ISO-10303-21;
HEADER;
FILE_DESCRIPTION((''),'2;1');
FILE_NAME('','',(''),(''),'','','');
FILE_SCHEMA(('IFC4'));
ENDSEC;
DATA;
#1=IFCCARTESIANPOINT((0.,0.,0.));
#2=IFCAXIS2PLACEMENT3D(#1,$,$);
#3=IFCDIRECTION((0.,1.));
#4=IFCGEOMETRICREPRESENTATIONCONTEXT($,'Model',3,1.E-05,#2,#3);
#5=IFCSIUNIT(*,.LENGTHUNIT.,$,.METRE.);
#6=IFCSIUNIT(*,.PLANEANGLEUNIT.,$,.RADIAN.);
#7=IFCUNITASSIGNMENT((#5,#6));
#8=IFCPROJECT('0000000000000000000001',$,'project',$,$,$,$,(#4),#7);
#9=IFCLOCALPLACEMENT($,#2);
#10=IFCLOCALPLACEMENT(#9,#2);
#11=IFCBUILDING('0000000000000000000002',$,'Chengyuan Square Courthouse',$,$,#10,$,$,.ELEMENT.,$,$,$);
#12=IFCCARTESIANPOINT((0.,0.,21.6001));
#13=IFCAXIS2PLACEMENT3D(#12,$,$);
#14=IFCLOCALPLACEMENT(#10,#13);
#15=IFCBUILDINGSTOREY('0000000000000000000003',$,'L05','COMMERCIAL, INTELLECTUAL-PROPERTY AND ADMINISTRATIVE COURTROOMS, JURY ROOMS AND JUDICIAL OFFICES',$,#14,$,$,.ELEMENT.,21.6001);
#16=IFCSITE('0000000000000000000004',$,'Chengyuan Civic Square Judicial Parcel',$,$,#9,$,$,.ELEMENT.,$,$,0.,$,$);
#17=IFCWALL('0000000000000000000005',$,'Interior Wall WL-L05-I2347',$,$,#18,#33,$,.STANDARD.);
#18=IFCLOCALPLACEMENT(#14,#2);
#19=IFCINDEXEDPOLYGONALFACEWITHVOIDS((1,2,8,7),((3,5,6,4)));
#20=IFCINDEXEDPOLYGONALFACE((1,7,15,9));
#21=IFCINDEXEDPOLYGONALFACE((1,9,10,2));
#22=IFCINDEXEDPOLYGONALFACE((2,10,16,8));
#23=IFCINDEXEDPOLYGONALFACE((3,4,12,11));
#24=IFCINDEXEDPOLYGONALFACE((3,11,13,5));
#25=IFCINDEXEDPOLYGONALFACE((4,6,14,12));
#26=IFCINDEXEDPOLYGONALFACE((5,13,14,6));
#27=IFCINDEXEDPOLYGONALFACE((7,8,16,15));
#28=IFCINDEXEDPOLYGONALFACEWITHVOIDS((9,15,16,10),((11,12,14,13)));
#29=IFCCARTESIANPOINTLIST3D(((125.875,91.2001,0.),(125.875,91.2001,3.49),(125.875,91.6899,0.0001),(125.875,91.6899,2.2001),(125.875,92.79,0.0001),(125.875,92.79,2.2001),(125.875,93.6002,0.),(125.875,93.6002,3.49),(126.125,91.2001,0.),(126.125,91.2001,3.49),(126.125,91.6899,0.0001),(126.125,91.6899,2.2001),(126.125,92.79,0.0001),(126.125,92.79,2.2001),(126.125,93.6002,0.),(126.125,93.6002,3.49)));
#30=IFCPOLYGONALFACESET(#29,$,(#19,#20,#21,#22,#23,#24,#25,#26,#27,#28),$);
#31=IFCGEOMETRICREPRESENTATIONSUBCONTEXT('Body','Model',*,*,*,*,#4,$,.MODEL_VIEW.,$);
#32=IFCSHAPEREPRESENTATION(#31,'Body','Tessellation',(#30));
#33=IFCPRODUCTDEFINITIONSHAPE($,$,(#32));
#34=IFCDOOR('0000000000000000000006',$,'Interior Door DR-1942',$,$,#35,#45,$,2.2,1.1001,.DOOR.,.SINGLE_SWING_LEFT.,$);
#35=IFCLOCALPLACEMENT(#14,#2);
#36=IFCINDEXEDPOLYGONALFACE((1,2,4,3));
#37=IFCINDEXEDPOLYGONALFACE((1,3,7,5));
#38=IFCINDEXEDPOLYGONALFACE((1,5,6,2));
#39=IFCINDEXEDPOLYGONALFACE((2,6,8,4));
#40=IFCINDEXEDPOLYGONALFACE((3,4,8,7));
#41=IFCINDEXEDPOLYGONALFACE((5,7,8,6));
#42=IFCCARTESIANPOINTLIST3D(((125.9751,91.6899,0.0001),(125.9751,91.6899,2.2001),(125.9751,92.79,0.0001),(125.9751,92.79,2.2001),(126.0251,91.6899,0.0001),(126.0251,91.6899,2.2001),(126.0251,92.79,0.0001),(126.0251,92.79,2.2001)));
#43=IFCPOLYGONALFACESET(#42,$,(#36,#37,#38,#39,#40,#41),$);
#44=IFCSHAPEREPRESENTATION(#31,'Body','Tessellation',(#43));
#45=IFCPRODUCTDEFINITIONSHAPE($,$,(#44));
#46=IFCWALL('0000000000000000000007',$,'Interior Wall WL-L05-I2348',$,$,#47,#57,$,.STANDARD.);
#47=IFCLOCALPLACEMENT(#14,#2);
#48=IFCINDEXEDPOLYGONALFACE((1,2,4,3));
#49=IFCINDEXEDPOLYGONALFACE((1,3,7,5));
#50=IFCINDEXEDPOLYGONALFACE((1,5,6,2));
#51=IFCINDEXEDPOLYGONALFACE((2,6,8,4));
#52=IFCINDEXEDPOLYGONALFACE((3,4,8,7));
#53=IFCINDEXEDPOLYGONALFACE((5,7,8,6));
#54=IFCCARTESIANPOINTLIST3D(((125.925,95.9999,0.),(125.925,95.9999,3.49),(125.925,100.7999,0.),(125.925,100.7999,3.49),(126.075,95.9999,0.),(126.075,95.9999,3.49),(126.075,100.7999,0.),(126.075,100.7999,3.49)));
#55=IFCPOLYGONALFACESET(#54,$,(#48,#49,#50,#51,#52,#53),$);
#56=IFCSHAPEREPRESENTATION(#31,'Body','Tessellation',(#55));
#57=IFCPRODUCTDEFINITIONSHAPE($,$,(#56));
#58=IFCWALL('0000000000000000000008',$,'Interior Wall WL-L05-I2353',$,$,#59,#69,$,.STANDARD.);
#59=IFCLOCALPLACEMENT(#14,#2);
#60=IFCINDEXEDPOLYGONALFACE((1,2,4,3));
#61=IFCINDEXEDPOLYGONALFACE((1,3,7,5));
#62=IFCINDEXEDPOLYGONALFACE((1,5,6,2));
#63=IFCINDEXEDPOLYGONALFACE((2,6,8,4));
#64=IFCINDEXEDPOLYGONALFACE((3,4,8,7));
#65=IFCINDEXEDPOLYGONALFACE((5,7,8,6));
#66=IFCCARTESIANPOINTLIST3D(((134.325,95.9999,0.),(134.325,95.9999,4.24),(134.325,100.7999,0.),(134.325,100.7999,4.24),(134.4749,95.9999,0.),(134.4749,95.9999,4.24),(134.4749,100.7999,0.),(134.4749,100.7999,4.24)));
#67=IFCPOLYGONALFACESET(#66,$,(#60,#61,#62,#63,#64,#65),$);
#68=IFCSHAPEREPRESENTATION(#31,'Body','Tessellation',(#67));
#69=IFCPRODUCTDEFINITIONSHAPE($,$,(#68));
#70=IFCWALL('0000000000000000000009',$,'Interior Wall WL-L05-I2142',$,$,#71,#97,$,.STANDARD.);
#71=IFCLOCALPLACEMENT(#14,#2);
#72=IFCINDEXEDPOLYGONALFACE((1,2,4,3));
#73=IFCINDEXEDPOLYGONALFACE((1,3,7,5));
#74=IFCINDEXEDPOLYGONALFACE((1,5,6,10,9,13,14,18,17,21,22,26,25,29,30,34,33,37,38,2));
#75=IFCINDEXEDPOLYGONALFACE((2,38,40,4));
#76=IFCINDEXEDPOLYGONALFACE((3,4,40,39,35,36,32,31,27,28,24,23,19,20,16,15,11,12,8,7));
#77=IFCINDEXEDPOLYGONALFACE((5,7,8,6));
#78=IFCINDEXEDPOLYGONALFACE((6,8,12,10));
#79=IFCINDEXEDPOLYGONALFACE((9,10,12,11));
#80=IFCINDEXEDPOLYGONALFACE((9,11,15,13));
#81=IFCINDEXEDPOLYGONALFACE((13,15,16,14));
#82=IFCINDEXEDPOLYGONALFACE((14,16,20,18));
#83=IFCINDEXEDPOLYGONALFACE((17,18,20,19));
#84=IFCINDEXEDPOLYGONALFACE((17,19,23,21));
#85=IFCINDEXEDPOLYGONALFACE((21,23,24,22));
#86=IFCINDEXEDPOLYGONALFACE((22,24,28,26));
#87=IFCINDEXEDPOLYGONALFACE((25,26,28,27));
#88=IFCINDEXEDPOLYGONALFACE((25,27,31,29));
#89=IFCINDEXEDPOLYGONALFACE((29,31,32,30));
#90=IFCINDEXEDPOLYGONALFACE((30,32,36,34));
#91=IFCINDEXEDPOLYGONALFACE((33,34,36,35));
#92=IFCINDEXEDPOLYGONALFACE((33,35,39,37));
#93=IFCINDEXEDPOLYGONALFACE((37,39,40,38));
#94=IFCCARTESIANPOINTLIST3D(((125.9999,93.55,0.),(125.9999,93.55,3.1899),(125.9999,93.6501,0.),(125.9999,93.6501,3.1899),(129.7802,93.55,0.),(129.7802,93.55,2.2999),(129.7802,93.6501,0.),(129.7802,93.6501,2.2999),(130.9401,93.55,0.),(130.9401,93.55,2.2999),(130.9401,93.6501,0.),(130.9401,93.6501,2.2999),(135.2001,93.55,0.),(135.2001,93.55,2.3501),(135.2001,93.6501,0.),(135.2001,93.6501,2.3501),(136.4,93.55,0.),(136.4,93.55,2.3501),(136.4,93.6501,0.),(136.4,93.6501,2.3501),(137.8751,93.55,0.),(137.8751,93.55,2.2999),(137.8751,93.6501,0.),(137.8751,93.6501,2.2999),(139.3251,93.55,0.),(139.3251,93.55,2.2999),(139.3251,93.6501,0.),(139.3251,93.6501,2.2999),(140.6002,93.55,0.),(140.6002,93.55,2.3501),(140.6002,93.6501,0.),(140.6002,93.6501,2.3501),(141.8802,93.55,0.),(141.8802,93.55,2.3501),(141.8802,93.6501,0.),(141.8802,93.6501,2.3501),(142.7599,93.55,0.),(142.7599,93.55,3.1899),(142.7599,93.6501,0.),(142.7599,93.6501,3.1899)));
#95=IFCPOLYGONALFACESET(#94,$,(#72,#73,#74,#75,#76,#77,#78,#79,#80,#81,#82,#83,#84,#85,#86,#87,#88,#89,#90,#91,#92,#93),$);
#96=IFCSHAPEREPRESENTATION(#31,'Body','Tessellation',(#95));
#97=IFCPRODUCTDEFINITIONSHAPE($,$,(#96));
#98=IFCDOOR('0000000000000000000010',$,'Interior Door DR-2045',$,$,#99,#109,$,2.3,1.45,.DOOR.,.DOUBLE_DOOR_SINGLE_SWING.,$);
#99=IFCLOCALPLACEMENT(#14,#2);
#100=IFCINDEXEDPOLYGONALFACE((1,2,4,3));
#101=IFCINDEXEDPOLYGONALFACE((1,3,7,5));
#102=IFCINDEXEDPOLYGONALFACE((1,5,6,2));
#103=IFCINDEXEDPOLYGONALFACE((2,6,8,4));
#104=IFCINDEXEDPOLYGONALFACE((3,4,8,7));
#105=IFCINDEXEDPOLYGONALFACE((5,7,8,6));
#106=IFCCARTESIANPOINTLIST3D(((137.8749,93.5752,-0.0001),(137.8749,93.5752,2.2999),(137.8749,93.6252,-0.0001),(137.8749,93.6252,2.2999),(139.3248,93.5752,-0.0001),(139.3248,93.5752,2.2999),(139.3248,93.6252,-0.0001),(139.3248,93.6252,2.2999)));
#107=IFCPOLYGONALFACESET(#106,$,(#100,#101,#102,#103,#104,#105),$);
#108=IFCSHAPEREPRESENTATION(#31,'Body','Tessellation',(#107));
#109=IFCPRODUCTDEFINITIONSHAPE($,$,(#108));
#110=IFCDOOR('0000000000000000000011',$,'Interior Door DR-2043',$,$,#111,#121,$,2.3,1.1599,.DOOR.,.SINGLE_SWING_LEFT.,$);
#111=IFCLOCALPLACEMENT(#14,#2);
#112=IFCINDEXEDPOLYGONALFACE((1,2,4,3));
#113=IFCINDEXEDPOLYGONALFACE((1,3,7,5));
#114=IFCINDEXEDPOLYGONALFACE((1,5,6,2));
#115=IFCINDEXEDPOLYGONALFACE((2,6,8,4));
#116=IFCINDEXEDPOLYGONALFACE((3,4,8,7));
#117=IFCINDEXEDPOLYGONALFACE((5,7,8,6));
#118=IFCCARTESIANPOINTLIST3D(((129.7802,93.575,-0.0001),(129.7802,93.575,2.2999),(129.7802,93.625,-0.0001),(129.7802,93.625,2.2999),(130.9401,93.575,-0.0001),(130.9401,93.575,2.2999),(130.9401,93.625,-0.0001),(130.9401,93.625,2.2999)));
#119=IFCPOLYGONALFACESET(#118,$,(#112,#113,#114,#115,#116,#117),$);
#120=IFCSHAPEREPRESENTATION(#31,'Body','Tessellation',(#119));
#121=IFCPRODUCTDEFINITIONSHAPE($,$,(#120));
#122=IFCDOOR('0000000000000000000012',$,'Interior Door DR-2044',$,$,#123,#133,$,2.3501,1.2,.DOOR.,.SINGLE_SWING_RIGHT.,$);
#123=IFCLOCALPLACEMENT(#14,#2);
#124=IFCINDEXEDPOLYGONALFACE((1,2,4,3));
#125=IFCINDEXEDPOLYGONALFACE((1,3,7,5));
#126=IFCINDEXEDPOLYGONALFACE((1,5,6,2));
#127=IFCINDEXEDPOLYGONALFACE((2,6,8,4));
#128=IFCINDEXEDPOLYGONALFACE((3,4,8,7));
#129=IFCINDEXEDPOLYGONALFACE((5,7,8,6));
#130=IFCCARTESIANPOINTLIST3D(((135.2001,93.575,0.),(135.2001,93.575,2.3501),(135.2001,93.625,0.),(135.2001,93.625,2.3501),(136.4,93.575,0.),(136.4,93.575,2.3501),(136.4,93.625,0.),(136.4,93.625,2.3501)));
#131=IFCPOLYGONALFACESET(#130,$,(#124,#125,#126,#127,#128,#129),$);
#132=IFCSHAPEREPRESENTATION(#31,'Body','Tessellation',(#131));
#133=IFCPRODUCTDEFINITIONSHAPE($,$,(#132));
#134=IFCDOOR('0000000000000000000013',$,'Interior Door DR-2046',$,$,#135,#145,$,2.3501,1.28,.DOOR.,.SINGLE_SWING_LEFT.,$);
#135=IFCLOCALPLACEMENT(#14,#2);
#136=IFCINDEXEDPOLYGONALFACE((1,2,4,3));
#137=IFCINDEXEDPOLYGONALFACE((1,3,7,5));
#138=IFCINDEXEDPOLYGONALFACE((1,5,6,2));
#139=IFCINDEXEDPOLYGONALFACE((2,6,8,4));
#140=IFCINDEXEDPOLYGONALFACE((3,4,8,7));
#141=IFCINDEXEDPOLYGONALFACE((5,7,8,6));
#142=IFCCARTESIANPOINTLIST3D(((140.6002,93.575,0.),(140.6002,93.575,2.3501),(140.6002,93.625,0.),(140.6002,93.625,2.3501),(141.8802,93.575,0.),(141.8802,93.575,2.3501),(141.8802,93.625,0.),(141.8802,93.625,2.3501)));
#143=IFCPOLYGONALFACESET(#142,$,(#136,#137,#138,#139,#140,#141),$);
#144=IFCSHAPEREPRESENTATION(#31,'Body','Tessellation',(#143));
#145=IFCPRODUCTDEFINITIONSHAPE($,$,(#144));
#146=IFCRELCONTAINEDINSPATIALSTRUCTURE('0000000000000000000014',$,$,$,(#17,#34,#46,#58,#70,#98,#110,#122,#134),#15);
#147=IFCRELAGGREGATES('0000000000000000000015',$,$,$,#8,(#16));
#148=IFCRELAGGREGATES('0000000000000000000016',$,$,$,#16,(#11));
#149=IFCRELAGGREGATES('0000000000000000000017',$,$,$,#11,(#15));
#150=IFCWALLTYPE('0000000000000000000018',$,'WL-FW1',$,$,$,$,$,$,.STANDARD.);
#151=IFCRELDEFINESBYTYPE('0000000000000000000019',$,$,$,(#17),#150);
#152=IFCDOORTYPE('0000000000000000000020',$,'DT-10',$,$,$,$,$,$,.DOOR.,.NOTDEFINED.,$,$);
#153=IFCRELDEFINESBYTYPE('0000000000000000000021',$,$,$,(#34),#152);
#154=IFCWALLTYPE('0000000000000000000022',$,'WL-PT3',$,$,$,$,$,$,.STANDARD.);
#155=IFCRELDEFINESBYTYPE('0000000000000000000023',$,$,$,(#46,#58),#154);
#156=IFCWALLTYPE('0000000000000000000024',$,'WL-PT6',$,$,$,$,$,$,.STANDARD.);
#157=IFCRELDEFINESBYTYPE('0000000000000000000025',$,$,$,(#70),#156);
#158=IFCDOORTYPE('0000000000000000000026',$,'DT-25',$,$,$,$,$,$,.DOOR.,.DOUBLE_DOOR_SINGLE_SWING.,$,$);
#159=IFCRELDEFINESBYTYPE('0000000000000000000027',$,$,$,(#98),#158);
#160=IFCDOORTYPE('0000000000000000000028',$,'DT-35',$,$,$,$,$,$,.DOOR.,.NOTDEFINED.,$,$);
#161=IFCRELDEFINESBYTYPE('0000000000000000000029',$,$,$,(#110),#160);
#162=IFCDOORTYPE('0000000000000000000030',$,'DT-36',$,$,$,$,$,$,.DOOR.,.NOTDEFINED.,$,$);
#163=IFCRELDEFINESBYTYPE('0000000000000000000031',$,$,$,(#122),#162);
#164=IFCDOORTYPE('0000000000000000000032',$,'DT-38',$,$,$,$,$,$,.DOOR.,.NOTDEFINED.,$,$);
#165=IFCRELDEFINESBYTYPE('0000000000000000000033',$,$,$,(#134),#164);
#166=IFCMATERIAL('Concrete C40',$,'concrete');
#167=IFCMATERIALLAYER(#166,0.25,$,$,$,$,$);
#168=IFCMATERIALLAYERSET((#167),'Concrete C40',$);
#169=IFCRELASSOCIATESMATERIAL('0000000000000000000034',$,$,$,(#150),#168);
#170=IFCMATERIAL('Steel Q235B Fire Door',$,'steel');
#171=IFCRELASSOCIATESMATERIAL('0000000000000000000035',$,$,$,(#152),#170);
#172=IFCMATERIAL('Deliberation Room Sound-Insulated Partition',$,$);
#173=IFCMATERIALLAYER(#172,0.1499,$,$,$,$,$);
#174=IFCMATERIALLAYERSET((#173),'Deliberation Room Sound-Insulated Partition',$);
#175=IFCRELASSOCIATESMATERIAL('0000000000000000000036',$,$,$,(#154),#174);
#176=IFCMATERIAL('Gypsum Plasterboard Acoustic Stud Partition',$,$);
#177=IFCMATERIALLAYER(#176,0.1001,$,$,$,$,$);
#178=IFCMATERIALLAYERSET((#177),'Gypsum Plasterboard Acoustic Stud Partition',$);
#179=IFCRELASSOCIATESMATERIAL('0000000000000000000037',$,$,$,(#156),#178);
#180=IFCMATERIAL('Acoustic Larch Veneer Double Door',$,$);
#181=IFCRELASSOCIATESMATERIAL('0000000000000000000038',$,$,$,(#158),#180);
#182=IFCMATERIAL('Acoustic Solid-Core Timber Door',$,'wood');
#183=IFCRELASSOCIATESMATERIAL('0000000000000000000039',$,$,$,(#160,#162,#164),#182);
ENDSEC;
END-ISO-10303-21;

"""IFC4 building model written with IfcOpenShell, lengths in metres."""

from ifc_helpers import new_model, si_unit, direction, frame, frame_2d, origin, place, context, subcontext, project, spatial, rectangle, extrude, material, layer, layer_set, type_object, element, fill, save


model = new_model("IFC4")

# Units and contexts
model_context = context("Model", 3, precision=1e-05, world=origin(), true_north=direction((0.0, 1.0)))
body_context = subcontext(model_context, "Body", "Model", "MODEL_VIEW")
ifc_project = project(units=[si_unit("LENGTHUNIT", "METRE"), si_unit("PLANEANGLEUNIT", "RADIAN")], contexts=[model_context])

# Site, building, storey
site_placement = place(None, origin())
site = spatial("IfcSite", under=ifc_project, at=site_placement, Name="Chengyuan Civic Square Judicial Parcel", CompositionType="ELEMENT", RefElevation=0.0)
building_placement = place(site_placement, origin())
building = spatial("IfcBuilding", under=site, at=building_placement, Name="Chengyuan Square Courthouse", CompositionType="ELEMENT")
storey_placement = place(building_placement, frame((0.0, 0.0, 21.6001)))
storey = spatial("IfcBuildingStorey", under=building, at=storey_placement, Name="L05", Description="COMMERCIAL, INTELLECTUAL-PROPERTY AND ADMINISTRATIVE COURTROOMS, JURY ROOMS AND JUDICIAL OFFICES", CompositionType="ELEMENT", Elevation=21.6001)

# Shared definitions
ifc_material_1 = material(Name="Concrete C40", Category="concrete")

# Wall, opening, door
ifc_layer_1 = layer(ifc_material_1, 0.25)
ifc_layer_set_1 = layer_set([ifc_layer_1], Name="Concrete C40")
wall_type_1 = type_object("IfcWallType", Name="WL-FW1", PredefinedType="STANDARD", material=ifc_layer_set_1)
wall_1_placement = place(storey_placement, frame((126.0, 91.2, 0.0), z_axis=(0.0, 0.0, 1.0), x_axis=(0.0, 1.0, 0.0)))
wall_1 = element("IfcWall", 1, at=wall_1_placement, inside=storey, type_object=wall_type_1, Name="Interior Wall WL-L05-I2347", PredefinedType="STANDARD", context=body_context, shape_type="SweptSolid", body=[
    extrude(rectangle(XDim=2.4001, YDim=0.25, at=frame_2d((1.2002, 0.0))), origin(), (0.0, 0.0, 1.0), 3.49),
])
opening_1_placement = place(wall_1_placement, frame((0.49, 0.0, 0.0)))
opening_1 = element("IfcOpeningElement", 2, at=opening_1_placement, cuts=wall_1, PredefinedType="OPENING", context=body_context, shape_type="SweptSolid", body=[
    extrude(rectangle(XDim=1.1001, YDim=2.2, at=frame_2d((0.55, 1.1001))), frame((0.0, 0.137, 0.0), z_axis=(0.0, -1.0, 0.0), x_axis=(1.0, 0.0, 0.0)), (0.0, 0.0, 1.0), 0.2739),
])
ifc_material_2 = material(Name="Steel Q235B Fire Door", Category="steel")
door_type_1 = type_object("IfcDoorType", Name="DT-10", OperationType="NOTDEFINED", PredefinedType="DOOR", material=ifc_material_2)
door_1_placement = place(opening_1_placement, origin())
door_1 = element("IfcDoor", 3, at=door_1_placement, inside=storey, type_object=door_type_1, Name="Interior Door DR-1942", OperationType="SINGLE_SWING_LEFT", OverallHeight=2.2, OverallWidth=1.1001, PredefinedType="DOOR", context=body_context, shape_type="SweptSolid", body=[
    extrude(rectangle(XDim=1.1001, YDim=2.2, at=frame_2d((0.55, 1.1001))), frame((0.0, 0.0249, 0.0), z_axis=(0.0, -1.0, 0.0), x_axis=(1.0, 0.0, 0.0)), (0.0, 0.0, 1.0), 0.05),
])
fill(opening_1, door_1)

# Walls
ifc_material_3 = material(Name="Deliberation Room Sound-Insulated Partition")
ifc_layer_2 = layer(ifc_material_3, 0.1499)
ifc_layer_set_2 = layer_set([ifc_layer_2], Name="Deliberation Room Sound-Insulated Partition")
wall_type_2 = type_object("IfcWallType", Name="WL-PT3", PredefinedType="STANDARD", material=ifc_layer_set_2)
wall_2_placement = place(storey_placement, frame((126.0, 96.0, 0.0), z_axis=(0.0, 0.0, 1.0), x_axis=(0.0, 1.0, 0.0)))
element("IfcWall", 4, at=wall_2_placement, inside=storey, type_object=wall_type_2, Name="Interior Wall WL-L05-I2348", PredefinedType="STANDARD", context=body_context, shape_type="SweptSolid", body=[
    extrude(rectangle(XDim=4.8, YDim=0.1499, at=frame_2d((2.3999, 0.0))), origin(), (0.0, 0.0, 1.0), 3.49),
])
wall_3_placement = place(storey_placement, frame((134.3999, 96.0, 0.0), z_axis=(0.0, 0.0, 1.0), x_axis=(0.0, 1.0, 0.0)))
element("IfcWall", 5, at=wall_3_placement, inside=storey, type_object=wall_type_2, Name="Interior Wall WL-L05-I2353", PredefinedType="STANDARD", context=body_context, shape_type="SweptSolid", body=[
    extrude(rectangle(XDim=4.8, YDim=0.1499, at=frame_2d((2.3999, 0.0))), origin(), (0.0, 0.0, 1.0), 4.24),
])

# Wall, openings, doors
ifc_material_4 = material(Name="Gypsum Plasterboard Acoustic Stud Partition")
ifc_layer_3 = layer(ifc_material_4, 0.1001)
ifc_layer_set_3 = layer_set([ifc_layer_3], Name="Gypsum Plasterboard Acoustic Stud Partition")
wall_type_3 = type_object("IfcWallType", Name="WL-PT6", PredefinedType="STANDARD", material=ifc_layer_set_3)
wall_4_placement = place(storey_placement, frame((126.0, 93.6001, 0.0), z_axis=(0.0, 0.0, 1.0), x_axis=(1.0, 0.0, 0.0)))
wall_4 = element("IfcWall", 6, at=wall_4_placement, inside=storey, type_object=wall_type_3, Name="Interior Wall WL-L05-I2142", PredefinedType="STANDARD", context=body_context, shape_type="SweptSolid", body=[
    extrude(rectangle(XDim=16.76, YDim=0.1001, at=frame_2d((8.3799, 0.0))), origin(), (0.0, 0.0, 1.0), 3.1899),
])
opening_2_placement = place(wall_4_placement, frame((3.78, 0.0, 0.0)))
opening_2 = element("IfcOpeningElement", 7, at=opening_2_placement, cuts=wall_4, PredefinedType="OPENING", context=body_context, shape_type="SweptSolid", body=[
    extrude(rectangle(XDim=1.1599, YDim=2.3, at=frame_2d((0.5801, 1.1499))), frame((0.0, 0.062, 0.0), z_axis=(0.0, -1.0, 0.0), x_axis=(1.0, 0.0, 0.0)), (0.0, 0.0, 1.0), 0.124),
])
opening_3_placement = place(wall_4_placement, frame((9.2, 0.0, 0.0)))
opening_3 = element("IfcOpeningElement", 8, at=opening_3_placement, cuts=wall_4, PredefinedType="OPENING", context=body_context, shape_type="SweptSolid", body=[
    extrude(rectangle(XDim=1.2, YDim=2.3501, at=frame_2d((0.6001, 1.175))), frame((0.0, 0.062, 0.0), z_axis=(0.0, -1.0, 0.0), x_axis=(1.0, 0.0, 0.0)), (0.0, 0.0, 1.0), 0.124),
])
opening_4_placement = place(wall_4_placement, frame((11.875, 0.0, 0.0)))
opening_4 = element("IfcOpeningElement", 9, at=opening_4_placement, cuts=wall_4, PredefinedType="OPENING", context=body_context, shape_type="SweptSolid", body=[
    extrude(rectangle(XDim=1.45, YDim=2.3, at=frame_2d((0.7251, 1.1499))), frame((0.0, 0.062, 0.0), z_axis=(0.0, -1.0, 0.0), x_axis=(1.0, 0.0, 0.0)), (0.0, 0.0, 1.0), 0.124),
])
opening_5_placement = place(wall_4_placement, frame((14.6001, 0.0, 0.0)))
opening_5 = element("IfcOpeningElement", 10, at=opening_5_placement, cuts=wall_4, PredefinedType="OPENING", context=body_context, shape_type="SweptSolid", body=[
    extrude(rectangle(XDim=1.28, YDim=2.3501, at=frame_2d((0.6401, 1.175))), frame((0.0, 0.062, 0.0), z_axis=(0.0, -1.0, 0.0), x_axis=(1.0, 0.0, 0.0)), (0.0, 0.0, 1.0), 0.124),
])
ifc_material_5 = material(Name="Acoustic Larch Veneer Double Door")
door_type_2 = type_object("IfcDoorType", Name="DT-25", OperationType="DOUBLE_DOOR_SINGLE_SWING", PredefinedType="DOOR", material=ifc_material_5)
door_2_placement = place(opening_4_placement, frame((1.45, 0.0, 0.0), z_axis=(0.0, 0.0, 1.0), x_axis=(-1.0, 0.0, 0.0)))
door_2 = element("IfcDoor", 11, at=door_2_placement, inside=storey, type_object=door_type_2, Name="Interior Door DR-2045", OperationType="DOUBLE_DOOR_SINGLE_SWING", OverallHeight=2.3, OverallWidth=1.45, PredefinedType="DOOR", context=body_context, shape_type="SweptSolid", body=[
    extrude(rectangle(XDim=1.45, YDim=2.3, at=frame_2d((0.7251, 1.1499))), frame((0.0, 0.0249, 0.0), z_axis=(0.0, -1.0, 0.0), x_axis=(1.0, 0.0, 0.0)), (0.0, 0.0, 1.0), 0.05),
])
fill(opening_4, door_2)
ifc_material_6 = material(Name="Acoustic Solid-Core Timber Door", Category="wood")
door_type_3 = type_object("IfcDoorType", Name="DT-35", OperationType="NOTDEFINED", PredefinedType="DOOR", material=ifc_material_6)
door_3_placement = place(opening_2_placement, origin())
door_3 = element("IfcDoor", 12, at=door_3_placement, inside=storey, type_object=door_type_3, Name="Interior Door DR-2043", OperationType="SINGLE_SWING_LEFT", OverallHeight=2.3, OverallWidth=1.1599, PredefinedType="DOOR", context=body_context, shape_type="SweptSolid", body=[
    extrude(rectangle(XDim=1.1599, YDim=2.3, at=frame_2d((0.5801, 1.1499))), frame((0.0, 0.0249, 0.0), z_axis=(0.0, -1.0, 0.0), x_axis=(1.0, 0.0, 0.0)), (0.0, 0.0, 1.0), 0.05),
])
fill(opening_2, door_3)
door_type_4 = type_object("IfcDoorType", Name="DT-36", OperationType="NOTDEFINED", PredefinedType="DOOR", material=ifc_material_6)
door_4_placement = place(opening_3_placement, origin())
door_4 = element("IfcDoor", 13, at=door_4_placement, inside=storey, type_object=door_type_4, Name="Interior Door DR-2044", OperationType="SINGLE_SWING_RIGHT", OverallHeight=2.3501, OverallWidth=1.2, PredefinedType="DOOR", context=body_context, shape_type="SweptSolid", body=[
    extrude(rectangle(XDim=1.2, YDim=2.3501, at=frame_2d((0.6001, 1.175))), frame((0.0, 0.0249, 0.0), z_axis=(0.0, -1.0, 0.0), x_axis=(1.0, 0.0, 0.0)), (0.0, 0.0, 1.0), 0.05),
])
fill(opening_3, door_4)
door_type_5 = type_object("IfcDoorType", Name="DT-38", OperationType="NOTDEFINED", PredefinedType="DOOR", material=ifc_material_6)
door_5_placement = place(opening_5_placement, origin())
door_5 = element("IfcDoor", 14, at=door_5_placement, inside=storey, type_object=door_type_5, Name="Interior Door DR-2046", OperationType="SINGLE_SWING_LEFT", OverallHeight=2.3501, OverallWidth=1.28, PredefinedType="DOOR", context=body_context, shape_type="SweptSolid", body=[
    extrude(rectangle(XDim=1.28, YDim=2.3501, at=frame_2d((0.6401, 1.175))), frame((0.0, 0.0249, 0.0), z_axis=(0.0, -1.0, 0.0), x_axis=(1.0, 0.0, 0.0)), (0.0, 0.0, 1.0), 0.05),
])
fill(opening_5, door_5)

save(model, "model.ifc")
